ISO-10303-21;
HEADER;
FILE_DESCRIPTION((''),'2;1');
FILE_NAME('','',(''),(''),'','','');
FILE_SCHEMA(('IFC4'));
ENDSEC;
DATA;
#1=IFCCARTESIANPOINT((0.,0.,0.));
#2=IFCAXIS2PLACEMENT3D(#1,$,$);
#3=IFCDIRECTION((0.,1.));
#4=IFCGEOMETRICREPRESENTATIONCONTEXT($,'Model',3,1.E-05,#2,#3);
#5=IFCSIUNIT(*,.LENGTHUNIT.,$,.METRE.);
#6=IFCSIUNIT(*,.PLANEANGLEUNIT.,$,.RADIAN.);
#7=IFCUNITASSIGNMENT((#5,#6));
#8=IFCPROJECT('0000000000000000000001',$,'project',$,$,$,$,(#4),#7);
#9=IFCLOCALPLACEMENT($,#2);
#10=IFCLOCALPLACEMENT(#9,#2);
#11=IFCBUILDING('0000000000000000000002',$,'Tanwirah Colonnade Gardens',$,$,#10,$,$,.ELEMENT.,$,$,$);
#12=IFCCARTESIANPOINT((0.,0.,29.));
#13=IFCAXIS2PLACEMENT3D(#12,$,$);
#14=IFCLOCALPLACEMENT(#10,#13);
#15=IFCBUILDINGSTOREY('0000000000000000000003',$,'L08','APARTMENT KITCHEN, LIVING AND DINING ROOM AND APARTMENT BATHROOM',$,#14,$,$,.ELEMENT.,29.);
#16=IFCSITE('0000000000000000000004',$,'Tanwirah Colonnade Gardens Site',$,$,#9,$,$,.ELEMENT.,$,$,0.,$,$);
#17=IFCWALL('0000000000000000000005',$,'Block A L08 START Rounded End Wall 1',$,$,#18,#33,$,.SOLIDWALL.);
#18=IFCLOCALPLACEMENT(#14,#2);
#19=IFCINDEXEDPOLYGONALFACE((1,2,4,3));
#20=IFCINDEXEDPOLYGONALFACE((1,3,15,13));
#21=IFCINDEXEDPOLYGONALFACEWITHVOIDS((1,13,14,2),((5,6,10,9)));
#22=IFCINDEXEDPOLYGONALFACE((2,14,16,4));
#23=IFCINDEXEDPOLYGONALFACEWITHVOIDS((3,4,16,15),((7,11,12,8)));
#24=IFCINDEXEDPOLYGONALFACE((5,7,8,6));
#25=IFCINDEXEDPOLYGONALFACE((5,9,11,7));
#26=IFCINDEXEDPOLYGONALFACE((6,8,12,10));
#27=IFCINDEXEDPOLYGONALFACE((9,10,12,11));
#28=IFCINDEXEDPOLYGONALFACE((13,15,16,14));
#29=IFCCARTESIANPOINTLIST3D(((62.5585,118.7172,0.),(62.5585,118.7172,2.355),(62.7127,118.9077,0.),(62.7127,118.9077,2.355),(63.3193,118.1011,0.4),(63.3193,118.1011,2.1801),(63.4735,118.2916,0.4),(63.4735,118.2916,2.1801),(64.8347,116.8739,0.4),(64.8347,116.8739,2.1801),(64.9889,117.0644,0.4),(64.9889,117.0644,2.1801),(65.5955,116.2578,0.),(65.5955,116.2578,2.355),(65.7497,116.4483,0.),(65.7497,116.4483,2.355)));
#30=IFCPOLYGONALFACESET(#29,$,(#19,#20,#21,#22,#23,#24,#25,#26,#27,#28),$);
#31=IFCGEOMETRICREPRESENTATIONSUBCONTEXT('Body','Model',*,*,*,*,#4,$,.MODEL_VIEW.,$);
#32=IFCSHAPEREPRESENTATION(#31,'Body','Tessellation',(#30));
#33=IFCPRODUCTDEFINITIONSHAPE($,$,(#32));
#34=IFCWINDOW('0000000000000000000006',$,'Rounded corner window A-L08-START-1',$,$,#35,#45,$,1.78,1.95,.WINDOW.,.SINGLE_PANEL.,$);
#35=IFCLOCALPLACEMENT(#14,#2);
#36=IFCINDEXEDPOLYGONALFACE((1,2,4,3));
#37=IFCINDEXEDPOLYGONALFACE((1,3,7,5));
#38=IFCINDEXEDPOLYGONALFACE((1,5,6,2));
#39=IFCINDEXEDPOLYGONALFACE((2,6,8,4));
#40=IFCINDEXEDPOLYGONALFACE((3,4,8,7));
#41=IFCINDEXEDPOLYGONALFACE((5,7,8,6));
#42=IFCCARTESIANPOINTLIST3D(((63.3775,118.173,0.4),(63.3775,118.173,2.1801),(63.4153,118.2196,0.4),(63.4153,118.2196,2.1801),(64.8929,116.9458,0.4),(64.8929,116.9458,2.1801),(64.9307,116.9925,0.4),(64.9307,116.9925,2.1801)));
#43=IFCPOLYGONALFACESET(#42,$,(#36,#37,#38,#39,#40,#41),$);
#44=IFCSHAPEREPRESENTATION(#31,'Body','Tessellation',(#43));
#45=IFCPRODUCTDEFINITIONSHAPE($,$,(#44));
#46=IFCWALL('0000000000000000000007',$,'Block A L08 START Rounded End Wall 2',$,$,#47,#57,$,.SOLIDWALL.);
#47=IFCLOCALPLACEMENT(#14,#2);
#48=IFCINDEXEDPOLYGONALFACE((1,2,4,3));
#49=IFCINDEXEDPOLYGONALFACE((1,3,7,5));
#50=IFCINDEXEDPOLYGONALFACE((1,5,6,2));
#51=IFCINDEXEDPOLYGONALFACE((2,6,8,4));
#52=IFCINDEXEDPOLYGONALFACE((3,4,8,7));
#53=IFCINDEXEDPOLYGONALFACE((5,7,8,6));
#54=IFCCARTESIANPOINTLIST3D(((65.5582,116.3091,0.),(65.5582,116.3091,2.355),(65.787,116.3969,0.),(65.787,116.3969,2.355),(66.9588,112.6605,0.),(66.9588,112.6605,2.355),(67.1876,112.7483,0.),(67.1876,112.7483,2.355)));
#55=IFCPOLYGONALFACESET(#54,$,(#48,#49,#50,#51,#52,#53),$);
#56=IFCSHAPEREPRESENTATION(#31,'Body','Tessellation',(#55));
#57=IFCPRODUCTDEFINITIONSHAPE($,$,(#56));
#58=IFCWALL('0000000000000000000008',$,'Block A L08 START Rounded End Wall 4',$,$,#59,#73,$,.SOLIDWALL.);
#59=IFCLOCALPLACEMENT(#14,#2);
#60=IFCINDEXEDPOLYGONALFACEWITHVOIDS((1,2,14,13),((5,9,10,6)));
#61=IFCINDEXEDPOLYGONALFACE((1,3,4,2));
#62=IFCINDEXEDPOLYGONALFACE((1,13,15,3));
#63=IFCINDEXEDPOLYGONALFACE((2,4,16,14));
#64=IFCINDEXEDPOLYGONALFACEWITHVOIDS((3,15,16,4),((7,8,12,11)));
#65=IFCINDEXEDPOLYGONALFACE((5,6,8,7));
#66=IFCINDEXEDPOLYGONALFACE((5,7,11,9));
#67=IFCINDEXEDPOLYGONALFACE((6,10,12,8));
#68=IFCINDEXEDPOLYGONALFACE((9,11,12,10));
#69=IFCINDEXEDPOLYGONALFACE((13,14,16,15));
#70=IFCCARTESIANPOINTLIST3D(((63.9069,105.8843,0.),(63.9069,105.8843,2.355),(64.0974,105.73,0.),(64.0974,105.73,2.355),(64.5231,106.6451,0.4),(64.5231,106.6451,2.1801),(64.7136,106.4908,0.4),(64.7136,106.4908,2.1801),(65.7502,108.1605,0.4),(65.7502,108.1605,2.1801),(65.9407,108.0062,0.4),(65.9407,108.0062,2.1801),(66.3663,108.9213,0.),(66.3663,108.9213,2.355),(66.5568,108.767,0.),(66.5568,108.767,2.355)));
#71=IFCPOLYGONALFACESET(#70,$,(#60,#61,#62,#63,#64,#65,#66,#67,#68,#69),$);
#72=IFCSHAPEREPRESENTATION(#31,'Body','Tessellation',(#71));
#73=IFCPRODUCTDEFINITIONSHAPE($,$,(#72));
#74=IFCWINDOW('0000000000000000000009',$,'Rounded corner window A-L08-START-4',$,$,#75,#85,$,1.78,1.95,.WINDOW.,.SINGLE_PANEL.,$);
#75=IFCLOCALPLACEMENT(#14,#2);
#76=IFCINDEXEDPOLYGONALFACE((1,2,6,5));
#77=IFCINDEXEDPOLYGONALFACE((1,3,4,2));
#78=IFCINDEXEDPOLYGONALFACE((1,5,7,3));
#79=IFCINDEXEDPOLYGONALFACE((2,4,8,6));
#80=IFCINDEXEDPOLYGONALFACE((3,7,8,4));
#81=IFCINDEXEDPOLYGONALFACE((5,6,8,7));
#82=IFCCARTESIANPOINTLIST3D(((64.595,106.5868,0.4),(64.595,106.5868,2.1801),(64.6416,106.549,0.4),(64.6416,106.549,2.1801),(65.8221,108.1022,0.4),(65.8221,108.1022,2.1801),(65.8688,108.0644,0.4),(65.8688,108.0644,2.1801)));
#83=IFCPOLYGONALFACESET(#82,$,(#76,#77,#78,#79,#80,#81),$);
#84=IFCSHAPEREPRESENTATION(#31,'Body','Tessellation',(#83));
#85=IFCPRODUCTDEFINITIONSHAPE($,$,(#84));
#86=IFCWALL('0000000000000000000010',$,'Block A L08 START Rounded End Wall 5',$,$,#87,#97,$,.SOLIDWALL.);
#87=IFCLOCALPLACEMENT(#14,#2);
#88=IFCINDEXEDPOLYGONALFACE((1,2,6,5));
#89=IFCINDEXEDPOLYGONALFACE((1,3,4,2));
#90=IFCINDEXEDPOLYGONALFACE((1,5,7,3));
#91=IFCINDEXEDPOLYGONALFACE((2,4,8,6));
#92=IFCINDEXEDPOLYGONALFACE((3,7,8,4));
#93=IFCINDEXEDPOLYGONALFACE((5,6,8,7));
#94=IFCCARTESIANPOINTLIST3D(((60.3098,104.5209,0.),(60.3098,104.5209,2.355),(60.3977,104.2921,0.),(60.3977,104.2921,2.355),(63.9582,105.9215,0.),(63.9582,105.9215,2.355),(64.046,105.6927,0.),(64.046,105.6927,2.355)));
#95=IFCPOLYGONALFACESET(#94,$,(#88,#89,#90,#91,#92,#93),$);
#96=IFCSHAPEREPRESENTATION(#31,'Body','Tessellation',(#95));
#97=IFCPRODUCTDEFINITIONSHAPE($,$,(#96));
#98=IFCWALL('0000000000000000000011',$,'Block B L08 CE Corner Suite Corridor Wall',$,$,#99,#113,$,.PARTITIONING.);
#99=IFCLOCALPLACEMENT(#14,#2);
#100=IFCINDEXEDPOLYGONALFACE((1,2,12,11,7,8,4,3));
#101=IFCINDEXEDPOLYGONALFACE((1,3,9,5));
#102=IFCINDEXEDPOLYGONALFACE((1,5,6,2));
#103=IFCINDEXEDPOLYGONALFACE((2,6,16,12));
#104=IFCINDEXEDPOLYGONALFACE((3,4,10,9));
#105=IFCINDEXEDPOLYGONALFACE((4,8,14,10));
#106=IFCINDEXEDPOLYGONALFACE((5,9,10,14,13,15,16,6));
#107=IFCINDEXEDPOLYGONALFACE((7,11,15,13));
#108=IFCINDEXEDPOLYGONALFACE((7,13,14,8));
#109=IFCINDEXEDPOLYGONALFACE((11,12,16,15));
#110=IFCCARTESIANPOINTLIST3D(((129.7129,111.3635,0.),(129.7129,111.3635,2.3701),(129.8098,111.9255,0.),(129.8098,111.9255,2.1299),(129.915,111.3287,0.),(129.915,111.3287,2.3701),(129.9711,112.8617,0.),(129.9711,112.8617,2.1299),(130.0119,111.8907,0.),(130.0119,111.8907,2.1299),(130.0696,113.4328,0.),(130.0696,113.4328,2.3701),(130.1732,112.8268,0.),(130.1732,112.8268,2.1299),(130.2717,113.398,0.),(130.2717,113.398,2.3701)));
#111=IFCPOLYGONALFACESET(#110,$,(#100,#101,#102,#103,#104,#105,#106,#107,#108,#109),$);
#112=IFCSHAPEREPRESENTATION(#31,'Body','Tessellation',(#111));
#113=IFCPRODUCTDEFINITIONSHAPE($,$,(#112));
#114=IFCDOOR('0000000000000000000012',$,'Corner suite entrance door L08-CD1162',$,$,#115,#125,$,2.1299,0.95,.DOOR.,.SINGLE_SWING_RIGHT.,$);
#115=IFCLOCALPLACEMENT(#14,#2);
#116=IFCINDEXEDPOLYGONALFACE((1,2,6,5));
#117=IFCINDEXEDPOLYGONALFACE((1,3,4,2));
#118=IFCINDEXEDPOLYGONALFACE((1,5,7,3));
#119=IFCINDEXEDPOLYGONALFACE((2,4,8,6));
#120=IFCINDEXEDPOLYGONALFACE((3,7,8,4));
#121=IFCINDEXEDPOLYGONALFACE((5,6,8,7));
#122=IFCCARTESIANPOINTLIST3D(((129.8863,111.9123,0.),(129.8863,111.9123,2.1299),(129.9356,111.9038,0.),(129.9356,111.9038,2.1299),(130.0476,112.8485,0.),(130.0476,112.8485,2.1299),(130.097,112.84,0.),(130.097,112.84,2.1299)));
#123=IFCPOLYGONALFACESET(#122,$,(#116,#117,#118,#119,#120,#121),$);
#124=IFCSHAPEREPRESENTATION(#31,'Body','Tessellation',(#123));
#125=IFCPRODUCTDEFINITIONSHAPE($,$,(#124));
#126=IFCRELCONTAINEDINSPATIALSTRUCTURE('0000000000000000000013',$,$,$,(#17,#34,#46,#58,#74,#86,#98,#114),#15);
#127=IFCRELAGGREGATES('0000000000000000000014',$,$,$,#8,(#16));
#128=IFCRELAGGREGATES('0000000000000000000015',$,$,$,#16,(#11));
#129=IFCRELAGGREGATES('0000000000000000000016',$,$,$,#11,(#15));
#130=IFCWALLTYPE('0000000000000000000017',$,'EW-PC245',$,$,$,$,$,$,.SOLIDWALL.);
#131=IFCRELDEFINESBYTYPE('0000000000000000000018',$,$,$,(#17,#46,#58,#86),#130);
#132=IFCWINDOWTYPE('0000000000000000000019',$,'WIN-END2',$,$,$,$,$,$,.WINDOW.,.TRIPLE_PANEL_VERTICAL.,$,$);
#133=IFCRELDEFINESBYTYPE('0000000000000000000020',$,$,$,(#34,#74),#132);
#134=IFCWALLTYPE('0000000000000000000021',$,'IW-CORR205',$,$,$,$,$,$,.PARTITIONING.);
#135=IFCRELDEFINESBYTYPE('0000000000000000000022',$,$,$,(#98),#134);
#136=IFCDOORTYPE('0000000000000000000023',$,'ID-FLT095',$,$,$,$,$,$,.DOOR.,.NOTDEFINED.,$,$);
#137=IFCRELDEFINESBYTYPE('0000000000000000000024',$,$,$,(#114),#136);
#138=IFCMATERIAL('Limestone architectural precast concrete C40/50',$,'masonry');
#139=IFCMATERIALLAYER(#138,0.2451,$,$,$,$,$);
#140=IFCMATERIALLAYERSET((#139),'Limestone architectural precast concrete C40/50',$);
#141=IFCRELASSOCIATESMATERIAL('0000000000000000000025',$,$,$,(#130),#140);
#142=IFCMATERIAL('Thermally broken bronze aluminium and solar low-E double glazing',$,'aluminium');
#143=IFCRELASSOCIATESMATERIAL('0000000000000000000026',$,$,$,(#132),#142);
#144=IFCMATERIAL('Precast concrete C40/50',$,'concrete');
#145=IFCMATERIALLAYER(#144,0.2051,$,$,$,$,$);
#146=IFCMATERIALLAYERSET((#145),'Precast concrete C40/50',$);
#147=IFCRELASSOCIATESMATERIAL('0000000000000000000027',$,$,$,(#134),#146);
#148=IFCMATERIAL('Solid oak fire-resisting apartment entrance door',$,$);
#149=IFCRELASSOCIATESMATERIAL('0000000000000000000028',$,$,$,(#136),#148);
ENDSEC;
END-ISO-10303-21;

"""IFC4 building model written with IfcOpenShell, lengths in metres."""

from ifc_helpers import new_model, si_unit, direction, frame, frame_2d, origin, place, context, subcontext, project, spatial, rectangle, extrude, material, layer, layer_set, type_object, element, fill, save


model = new_model("IFC4")

# Units and contexts
model_context = context("Model", 3, precision=1e-05, world=origin(), true_north=direction((0.0, 1.0)))
body_context = subcontext(model_context, "Body", "Model", "MODEL_VIEW")
ifc_project = project(units=[si_unit("LENGTHUNIT", "METRE"), si_unit("PLANEANGLEUNIT", "RADIAN")], contexts=[model_context])

# Site, building, storey
site_placement = place(None, origin())
site = spatial("IfcSite", under=ifc_project, at=site_placement, Name="Tanwirah Colonnade Gardens Site", CompositionType="ELEMENT", RefElevation=0.0)
building_placement = place(site_placement, origin())
building = spatial("IfcBuilding", under=site, at=building_placement, Name="Tanwirah Colonnade Gardens", CompositionType="ELEMENT")
storey_placement = place(building_placement, frame((0.0, 0.0, 29.0)))
storey = spatial("IfcBuildingStorey", under=building, at=storey_placement, Name="L08", Description="APARTMENT KITCHEN, LIVING AND DINING ROOM AND APARTMENT BATHROOM", CompositionType="ELEMENT", Elevation=29.0)

# Shared definitions
ifc_material_1 = material(Name="Precast concrete C40/50", Category="concrete")

# Shared definitions
ifc_material_2 = material(Name="Limestone architectural precast concrete C40/50", Category="masonry")

# Shared definitions
ifc_material_3 = material(Name="Thermally broken bronze aluminium and solar low-E double glazing", Category="aluminium")

# Wall, opening, window
ifc_layer_1 = layer(ifc_material_2, 0.2451)
ifc_layer_set_1 = layer_set([ifc_layer_1], Name="Limestone architectural precast concrete C40/50")
wall_type_1 = type_object("IfcWallType", Name="EW-PC245", PredefinedType="SOLIDWALL", material=ifc_layer_set_1)
wall_1_placement = place(storey_placement, frame((62.6355, 118.8125, 0.0), z_axis=(0.0, 0.0, 1.0), x_axis=(0.777137, -0.629331, 0.0)))
wall_1 = element("IfcWall", 1, at=wall_1_placement, inside=storey, type_object=wall_type_1, Name="Block A L08 START Rounded End Wall 1", PredefinedType="SOLIDWALL", context=body_context, shape_type="SweptSolid", body=[
    extrude(rectangle(XDim=3.908, YDim=0.2451, at=frame_2d((1.9541, 0.0))), origin(), (0.0, 0.0, 1.0), 2.355),
])
opening_1_placement = place(wall_1_placement, frame((0.979, 0.0, 0.3999)))
opening_1 = element("IfcOpeningElement", 2, at=opening_1_placement, cuts=wall_1, PredefinedType="OPENING", context=body_context, shape_type="SweptSolid", body=[
    extrude(rectangle(XDim=1.95, YDim=1.78, at=frame_2d((0.9751, 0.8901))), frame((0.0, 0.1326, 0.0), z_axis=(0.0, -1.0, 0.0), x_axis=(1.0, 0.0, 0.0)), (0.0, 0.0, 1.0), 0.2651),
])
window_type_1 = type_object("IfcWindowType", Name="WIN-END2", PartitioningType="TRIPLE_PANEL_VERTICAL", PredefinedType="WINDOW", material=ifc_material_3)
window_1_placement = place(opening_1_placement, origin())
window_1 = element("IfcWindow", 3, at=window_1_placement, inside=storey, type_object=window_type_1, Name="Rounded corner window A-L08-START-1", OverallHeight=1.78, OverallWidth=1.95, PartitioningType="SINGLE_PANEL", PredefinedType="WINDOW", context=body_context, shape_type="SweptSolid", body=[
    extrude(rectangle(XDim=1.95, YDim=1.78, at=frame_2d((0.9751, 0.8901))), frame((0.0, 0.03, 0.0), z_axis=(0.0, -1.0, 0.0), x_axis=(1.0, 0.0, 0.0)), (0.0, 0.0, 1.0), 0.0601),
])
fill(opening_1, window_1)

# Wall
wall_2_placement = place(storey_placement, frame((65.6726, 116.353, 0.0), z_axis=(0.0, 0.0, 1.0), x_axis=(0.358376, -0.933577, 0.0)))
element("IfcWall", 4, at=wall_2_placement, inside=storey, type_object=wall_type_1, Name="Block A L08 START Rounded End Wall 2", PredefinedType="SOLIDWALL", context=body_context, shape_type="SweptSolid", body=[
    extrude(rectangle(XDim=3.9082, YDim=0.2451, at=frame_2d((1.9541, 0.0))), origin(), (0.0, 0.0, 1.0), 2.355),
])

# Wall, opening, window
wall_3_placement = place(storey_placement, frame((66.4617, 108.8442, 0.0), z_axis=(0.0, 0.0, 1.0), x_axis=(-0.629331, -0.777137, 0.0)))
wall_3 = element("IfcWall", 5, at=wall_3_placement, inside=storey, type_object=wall_type_1, Name="Block A L08 START Rounded End Wall 4", PredefinedType="SOLIDWALL", context=body_context, shape_type="SweptSolid", body=[
    extrude(rectangle(XDim=3.908, YDim=0.2451, at=frame_2d((1.9541, 0.0))), origin(), (0.0, 0.0, 1.0), 2.355),
])
opening_2_placement = place(wall_3_placement, frame((0.979, 0.0, 0.3999)))
opening_2 = element("IfcOpeningElement", 6, at=opening_2_placement, cuts=wall_3, PredefinedType="OPENING", context=body_context, shape_type="SweptSolid", body=[
    extrude(rectangle(XDim=1.95, YDim=1.78, at=frame_2d((0.9751, 0.8901))), frame((0.0, 0.1326, 0.0), z_axis=(0.0, -1.0, 0.0), x_axis=(1.0, 0.0, 0.0)), (0.0, 0.0, 1.0), 0.2651),
])
window_2_placement = place(opening_2_placement, origin())
window_2 = element("IfcWindow", 7, at=window_2_placement, inside=storey, type_object=window_type_1, Name="Rounded corner window A-L08-START-4", OverallHeight=1.78, OverallWidth=1.95, PartitioningType="SINGLE_PANEL", PredefinedType="WINDOW", context=body_context, shape_type="SweptSolid", body=[
    extrude(rectangle(XDim=1.95, YDim=1.78, at=frame_2d((0.9751, 0.8901))), frame((0.0, 0.03, 0.0), z_axis=(0.0, -1.0, 0.0), x_axis=(1.0, 0.0, 0.0)), (0.0, 0.0, 1.0), 0.0601),
])
fill(opening_2, window_2)

# Wall
wall_4_placement = place(storey_placement, frame((64.0022, 105.8071, 0.0), z_axis=(0.0, 0.0, 1.0), x_axis=(-0.933569, -0.358397, 0.0)))
element("IfcWall", 8, at=wall_4_placement, inside=storey, type_object=wall_type_1, Name="Block A L08 START Rounded End Wall 5", PredefinedType="SOLIDWALL", context=body_context, shape_type="SweptSolid", body=[
    extrude(rectangle(XDim=3.908, YDim=0.2451, at=frame_2d((1.9541, 0.0))), origin(), (0.0, 0.0, 1.0), 2.355),
])

# Wall, opening, door
ifc_layer_2 = layer(ifc_material_1, 0.2051)
ifc_layer_set_2 = layer_set([ifc_layer_2], Name="Precast concrete C40/50")
wall_type_2 = type_object("IfcWallType", Name="IW-CORR205", PredefinedType="PARTITIONING", material=ifc_layer_set_2)
wall_5_placement = place(storey_placement, frame((129.814, 111.3462, 0.0), z_axis=(0.0, 0.0, 1.0), x_axis=(0.169864, 0.985467, 0.0)))
wall_5 = element("IfcWall", 9, at=wall_5_placement, inside=storey, type_object=wall_type_2, Name="Block B L08 CE Corner Suite Corridor Wall", PredefinedType="PARTITIONING", context=body_context, shape_type="SweptSolid", body=[
    extrude(rectangle(XDim=2.0999, YDim=0.2051, at=frame_2d((1.0498, 0.0))), origin(), (0.0, 0.0, 1.0), 2.3701),
])
opening_3_placement = place(wall_5_placement, frame((0.5701, 0.0, 0.0)))
opening_3 = element("IfcOpeningElement", 10, at=opening_3_placement, cuts=wall_5, PredefinedType="OPENING", context=body_context, shape_type="SweptSolid", body=[
    extrude(rectangle(XDim=0.95, YDim=2.1299, at=frame_2d((0.4751, 1.0649))), frame((0.0, 0.1125, 0.0), z_axis=(0.0, -1.0, 0.0), x_axis=(1.0, 0.0, 0.0)), (0.0, 0.0, 1.0), 0.2251),
])
ifc_material_4 = material(Name="Solid oak fire-resisting apartment entrance door")
door_type = type_object("IfcDoorType", Name="ID-FLT095", OperationType="NOTDEFINED", PredefinedType="DOOR", material=ifc_material_4)
door_placement = place(opening_3_placement, origin())
door = element("IfcDoor", 11, at=door_placement, inside=storey, type_object=door_type, Name="Corner suite entrance door L08-CD1162", OperationType="SINGLE_SWING_RIGHT", OverallHeight=2.1299, OverallWidth=0.95, PredefinedType="DOOR", context=body_context, shape_type="SweptSolid", body=[
    extrude(rectangle(XDim=0.95, YDim=2.1299, at=frame_2d((0.4751, 1.0649))), frame((0.0, 0.0249, 0.0), z_axis=(0.0, -1.0, 0.0), x_axis=(1.0, 0.0, 0.0)), (0.0, 0.0, 1.0), 0.05),
])
fill(opening_3, door)

save(model, "model.ifc")
